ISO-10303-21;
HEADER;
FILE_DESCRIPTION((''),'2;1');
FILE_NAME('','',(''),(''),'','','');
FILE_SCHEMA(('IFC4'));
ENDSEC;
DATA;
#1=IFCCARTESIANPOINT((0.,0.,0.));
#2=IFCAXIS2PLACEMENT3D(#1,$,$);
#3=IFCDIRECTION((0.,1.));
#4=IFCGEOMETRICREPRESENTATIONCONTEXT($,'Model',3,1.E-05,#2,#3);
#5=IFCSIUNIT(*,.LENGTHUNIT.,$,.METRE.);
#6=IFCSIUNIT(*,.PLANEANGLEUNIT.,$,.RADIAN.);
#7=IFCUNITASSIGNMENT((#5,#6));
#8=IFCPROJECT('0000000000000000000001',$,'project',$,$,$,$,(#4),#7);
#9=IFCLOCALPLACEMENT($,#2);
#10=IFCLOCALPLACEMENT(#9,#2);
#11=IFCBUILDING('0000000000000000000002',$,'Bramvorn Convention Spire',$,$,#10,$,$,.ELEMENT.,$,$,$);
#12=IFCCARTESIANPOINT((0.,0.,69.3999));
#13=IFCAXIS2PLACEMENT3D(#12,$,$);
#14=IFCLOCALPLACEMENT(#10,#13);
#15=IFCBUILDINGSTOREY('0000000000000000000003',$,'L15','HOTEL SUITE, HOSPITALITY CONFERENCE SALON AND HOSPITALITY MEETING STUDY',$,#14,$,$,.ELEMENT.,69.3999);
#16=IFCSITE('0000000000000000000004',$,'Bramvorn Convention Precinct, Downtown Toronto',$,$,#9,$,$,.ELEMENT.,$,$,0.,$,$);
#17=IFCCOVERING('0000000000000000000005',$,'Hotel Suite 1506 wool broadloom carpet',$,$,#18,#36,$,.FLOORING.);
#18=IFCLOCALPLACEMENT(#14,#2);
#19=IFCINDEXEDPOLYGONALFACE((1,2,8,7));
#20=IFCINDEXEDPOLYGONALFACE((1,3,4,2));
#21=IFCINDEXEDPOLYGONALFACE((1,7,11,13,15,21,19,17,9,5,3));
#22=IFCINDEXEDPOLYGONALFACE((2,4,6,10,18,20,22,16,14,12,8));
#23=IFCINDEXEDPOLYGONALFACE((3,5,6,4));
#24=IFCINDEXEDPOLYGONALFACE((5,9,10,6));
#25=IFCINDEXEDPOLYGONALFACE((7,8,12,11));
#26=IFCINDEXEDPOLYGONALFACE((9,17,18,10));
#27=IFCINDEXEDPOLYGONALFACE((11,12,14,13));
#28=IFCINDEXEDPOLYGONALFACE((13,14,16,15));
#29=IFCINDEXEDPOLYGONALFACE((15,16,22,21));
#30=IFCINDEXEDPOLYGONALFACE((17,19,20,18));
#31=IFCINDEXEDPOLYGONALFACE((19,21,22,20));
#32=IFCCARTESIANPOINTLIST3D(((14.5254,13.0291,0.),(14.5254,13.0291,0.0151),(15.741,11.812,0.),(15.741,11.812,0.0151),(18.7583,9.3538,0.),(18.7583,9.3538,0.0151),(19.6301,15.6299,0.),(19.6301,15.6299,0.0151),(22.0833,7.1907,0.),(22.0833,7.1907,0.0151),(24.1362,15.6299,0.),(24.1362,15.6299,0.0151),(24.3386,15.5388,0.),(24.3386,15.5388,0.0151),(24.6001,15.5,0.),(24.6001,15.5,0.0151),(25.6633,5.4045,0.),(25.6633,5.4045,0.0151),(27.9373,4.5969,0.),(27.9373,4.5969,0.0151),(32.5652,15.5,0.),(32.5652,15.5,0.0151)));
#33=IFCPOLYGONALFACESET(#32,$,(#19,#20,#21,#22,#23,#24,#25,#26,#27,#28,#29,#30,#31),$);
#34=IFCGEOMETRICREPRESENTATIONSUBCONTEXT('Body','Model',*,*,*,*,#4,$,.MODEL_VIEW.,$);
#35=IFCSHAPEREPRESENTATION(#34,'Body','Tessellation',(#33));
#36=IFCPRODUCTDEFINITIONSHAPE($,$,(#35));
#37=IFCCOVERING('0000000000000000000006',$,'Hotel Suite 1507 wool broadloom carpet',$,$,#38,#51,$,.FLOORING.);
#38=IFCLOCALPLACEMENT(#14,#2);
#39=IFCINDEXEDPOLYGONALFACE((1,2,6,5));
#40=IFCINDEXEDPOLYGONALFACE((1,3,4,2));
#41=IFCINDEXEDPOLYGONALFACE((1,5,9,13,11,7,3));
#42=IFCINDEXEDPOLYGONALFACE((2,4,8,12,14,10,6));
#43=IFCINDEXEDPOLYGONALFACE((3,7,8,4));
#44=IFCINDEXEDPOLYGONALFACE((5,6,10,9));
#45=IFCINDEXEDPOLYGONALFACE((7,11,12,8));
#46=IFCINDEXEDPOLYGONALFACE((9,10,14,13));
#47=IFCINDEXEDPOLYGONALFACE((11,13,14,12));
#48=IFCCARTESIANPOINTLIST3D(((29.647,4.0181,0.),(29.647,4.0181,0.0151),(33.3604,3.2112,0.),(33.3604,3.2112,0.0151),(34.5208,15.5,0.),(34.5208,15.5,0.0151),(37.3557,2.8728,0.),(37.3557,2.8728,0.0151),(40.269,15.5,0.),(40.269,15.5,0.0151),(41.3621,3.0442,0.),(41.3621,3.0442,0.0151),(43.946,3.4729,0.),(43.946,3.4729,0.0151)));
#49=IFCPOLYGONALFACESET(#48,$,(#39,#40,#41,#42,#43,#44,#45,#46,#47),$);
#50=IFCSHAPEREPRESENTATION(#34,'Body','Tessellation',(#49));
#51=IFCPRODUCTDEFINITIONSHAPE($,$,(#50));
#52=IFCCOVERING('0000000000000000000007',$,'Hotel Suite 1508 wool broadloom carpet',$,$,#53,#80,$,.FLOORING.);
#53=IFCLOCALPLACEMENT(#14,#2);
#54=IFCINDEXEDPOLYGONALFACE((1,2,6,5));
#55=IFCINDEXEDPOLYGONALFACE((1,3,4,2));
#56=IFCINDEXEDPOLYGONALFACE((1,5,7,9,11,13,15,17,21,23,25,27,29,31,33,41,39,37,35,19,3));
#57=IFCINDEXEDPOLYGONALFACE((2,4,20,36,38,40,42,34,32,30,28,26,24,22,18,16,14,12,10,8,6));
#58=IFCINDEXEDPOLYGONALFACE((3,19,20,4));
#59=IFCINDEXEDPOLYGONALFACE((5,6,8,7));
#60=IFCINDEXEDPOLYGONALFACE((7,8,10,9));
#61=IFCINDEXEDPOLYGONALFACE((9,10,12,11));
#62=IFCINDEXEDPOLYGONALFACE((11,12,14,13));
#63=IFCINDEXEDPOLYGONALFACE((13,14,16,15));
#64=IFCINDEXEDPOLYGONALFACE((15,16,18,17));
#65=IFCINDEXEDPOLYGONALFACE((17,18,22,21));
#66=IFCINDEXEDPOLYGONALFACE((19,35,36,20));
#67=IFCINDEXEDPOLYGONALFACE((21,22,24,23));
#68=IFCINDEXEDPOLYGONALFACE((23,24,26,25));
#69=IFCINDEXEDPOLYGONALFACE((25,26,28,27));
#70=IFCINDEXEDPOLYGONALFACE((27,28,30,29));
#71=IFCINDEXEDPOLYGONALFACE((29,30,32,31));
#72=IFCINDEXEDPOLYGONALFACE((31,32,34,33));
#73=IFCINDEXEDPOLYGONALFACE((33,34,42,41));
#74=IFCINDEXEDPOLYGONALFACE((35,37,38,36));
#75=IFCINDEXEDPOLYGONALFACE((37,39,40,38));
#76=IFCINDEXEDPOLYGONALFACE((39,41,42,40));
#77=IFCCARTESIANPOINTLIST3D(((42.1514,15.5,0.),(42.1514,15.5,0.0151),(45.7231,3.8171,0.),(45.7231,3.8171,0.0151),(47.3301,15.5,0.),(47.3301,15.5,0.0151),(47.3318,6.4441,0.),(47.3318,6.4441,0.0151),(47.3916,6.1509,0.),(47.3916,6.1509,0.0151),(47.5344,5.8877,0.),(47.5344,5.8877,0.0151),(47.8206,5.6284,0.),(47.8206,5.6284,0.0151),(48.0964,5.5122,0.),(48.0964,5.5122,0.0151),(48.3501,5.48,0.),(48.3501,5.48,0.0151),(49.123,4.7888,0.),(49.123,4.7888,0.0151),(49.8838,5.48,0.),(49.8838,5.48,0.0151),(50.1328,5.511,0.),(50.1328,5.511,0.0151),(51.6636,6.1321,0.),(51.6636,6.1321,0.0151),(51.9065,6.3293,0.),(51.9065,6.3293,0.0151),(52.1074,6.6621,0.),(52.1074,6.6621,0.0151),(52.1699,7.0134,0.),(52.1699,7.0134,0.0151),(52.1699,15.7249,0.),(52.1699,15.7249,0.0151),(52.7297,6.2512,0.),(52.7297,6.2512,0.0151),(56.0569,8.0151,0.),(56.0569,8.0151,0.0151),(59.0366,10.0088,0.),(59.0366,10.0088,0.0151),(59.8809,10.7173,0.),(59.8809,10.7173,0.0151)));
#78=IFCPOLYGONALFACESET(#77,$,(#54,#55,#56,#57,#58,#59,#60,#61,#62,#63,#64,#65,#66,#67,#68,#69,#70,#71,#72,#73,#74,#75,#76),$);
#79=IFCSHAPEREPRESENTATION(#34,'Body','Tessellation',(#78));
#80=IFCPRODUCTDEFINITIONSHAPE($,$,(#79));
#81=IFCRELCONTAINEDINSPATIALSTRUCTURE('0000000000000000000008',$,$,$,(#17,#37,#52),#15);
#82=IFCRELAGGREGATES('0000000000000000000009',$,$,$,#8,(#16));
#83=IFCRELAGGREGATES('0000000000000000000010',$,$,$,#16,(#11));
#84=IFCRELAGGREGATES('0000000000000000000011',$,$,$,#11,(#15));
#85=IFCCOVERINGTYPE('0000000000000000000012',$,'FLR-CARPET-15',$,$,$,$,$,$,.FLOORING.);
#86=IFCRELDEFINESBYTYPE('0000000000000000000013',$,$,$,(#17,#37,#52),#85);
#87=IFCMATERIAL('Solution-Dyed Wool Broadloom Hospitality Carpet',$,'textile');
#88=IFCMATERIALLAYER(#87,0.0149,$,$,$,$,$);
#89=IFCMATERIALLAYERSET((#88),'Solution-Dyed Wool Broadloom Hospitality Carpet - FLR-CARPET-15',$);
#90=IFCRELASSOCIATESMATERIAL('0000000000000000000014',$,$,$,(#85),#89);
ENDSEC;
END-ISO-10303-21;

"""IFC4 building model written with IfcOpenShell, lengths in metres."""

from ifc_helpers import new_model, si_unit, direction, frame, origin, place, context, subcontext, project, spatial, polyline, outline, extrude, material, layer, layer_set, type_object, element, save


model = new_model("IFC4")

# Units and contexts
model_context = context("Model", 3, precision=1e-05, world=origin(), true_north=direction((0.0, 1.0)))
body_context = subcontext(model_context, "Body", "Model", "MODEL_VIEW")
ifc_project = project(units=[si_unit("LENGTHUNIT", "METRE"), si_unit("PLANEANGLEUNIT", "RADIAN")], contexts=[model_context])

# Site, building, storey
site_placement = place(None, origin())
site = spatial("IfcSite", under=ifc_project, at=site_placement, Name="Bramvorn Convention Precinct, Downtown Toronto", CompositionType="ELEMENT", RefElevation=0.0)
building_placement = place(site_placement, origin())
building = spatial("IfcBuilding", under=site, at=building_placement, Name="Bramvorn Convention Spire", CompositionType="ELEMENT")
storey_placement = place(building_placement, frame((0.0, 0.0, 69.3999)))
storey = spatial("IfcBuildingStorey", under=building, at=storey_placement, Name="L15", Description="HOTEL SUITE, HOSPITALITY CONFERENCE SALON AND HOSPITALITY MEETING STUDY", CompositionType="ELEMENT", Elevation=69.3999)

# Coverings
ifc_material_1 = material(Name="Solution-Dyed Wool Broadloom Hospitality Carpet", Category="textile")
ifc_layer_1 = layer(ifc_material_1, 0.0149)
ifc_layer_set_1 = layer_set([ifc_layer_1], Name="Solution-Dyed Wool Broadloom Hospitality Carpet - FLR-CARPET-15")
covering_type = type_object("IfcCoveringType", Name="FLR-CARPET-15", PredefinedType="FLOORING", material=ifc_layer_set_1)
covering_1_placement = place(storey_placement, origin())
element("IfcCovering", 1, at=covering_1_placement, inside=storey, type_object=covering_type, Name="Hotel Suite 1506 wool broadloom carpet", PredefinedType="FLOORING", context=body_context, shape_type="SweptSolid", body=[
    extrude(outline(polyline([(25.6633, 5.4045), (27.9373, 4.5969), (32.5652, 15.5), (24.6001, 15.5), (24.3386, 15.5388), (24.1362, 15.6299), (19.6301, 15.6299), (14.5254, 13.0291), (15.741, 11.812), (18.7583, 9.3538), (22.0833, 7.1907), (25.6633, 5.4045)])), origin(), (0.0, 0.0, 1.0), 0.0151),
])
covering_2_placement = place(storey_placement, origin())
element("IfcCovering", 2, at=covering_2_placement, inside=storey, type_object=covering_type, Name="Hotel Suite 1507 wool broadloom carpet", PredefinedType="FLOORING", context=body_context, shape_type="SweptSolid", body=[
    extrude(outline(polyline([(33.3604, 3.2112), (37.3557, 2.8728), (41.3621, 3.0442), (43.946, 3.4729), (40.269, 15.5), (34.5208, 15.5), (29.647, 4.0181), (33.3604, 3.2112)])), origin(), (0.0, 0.0, 1.0), 0.0151),
])
covering_3_placement = place(storey_placement, origin())
element("IfcCovering", 3, at=covering_3_placement, inside=storey, type_object=covering_type, Name="Hotel Suite 1508 wool broadloom carpet", PredefinedType="FLOORING", context=body_context, shape_type="SweptSolid", body=[
    extrude(outline(polyline([(49.123, 4.7888), (52.7297, 6.2512), (56.0569, 8.0151), (59.0366, 10.0088), (59.8809, 10.7173), (52.1699, 15.7249), (52.1699, 7.0134), (52.1074, 6.6621), (51.9065, 6.3293), (51.6636, 6.1321), (50.1328, 5.511), (49.8838, 5.48), (48.3501, 5.48), (48.0964, 5.5122), (47.8206, 5.6284), (47.5344, 5.8877), (47.3916, 6.1509), (47.3318, 6.4441), (47.3301, 15.5), (42.1514, 15.5), (45.7231, 3.8171), (49.123, 4.7888)])), origin(), (0.0, 0.0, 1.0), 0.0151),
])

save(model, "model.ifc")
